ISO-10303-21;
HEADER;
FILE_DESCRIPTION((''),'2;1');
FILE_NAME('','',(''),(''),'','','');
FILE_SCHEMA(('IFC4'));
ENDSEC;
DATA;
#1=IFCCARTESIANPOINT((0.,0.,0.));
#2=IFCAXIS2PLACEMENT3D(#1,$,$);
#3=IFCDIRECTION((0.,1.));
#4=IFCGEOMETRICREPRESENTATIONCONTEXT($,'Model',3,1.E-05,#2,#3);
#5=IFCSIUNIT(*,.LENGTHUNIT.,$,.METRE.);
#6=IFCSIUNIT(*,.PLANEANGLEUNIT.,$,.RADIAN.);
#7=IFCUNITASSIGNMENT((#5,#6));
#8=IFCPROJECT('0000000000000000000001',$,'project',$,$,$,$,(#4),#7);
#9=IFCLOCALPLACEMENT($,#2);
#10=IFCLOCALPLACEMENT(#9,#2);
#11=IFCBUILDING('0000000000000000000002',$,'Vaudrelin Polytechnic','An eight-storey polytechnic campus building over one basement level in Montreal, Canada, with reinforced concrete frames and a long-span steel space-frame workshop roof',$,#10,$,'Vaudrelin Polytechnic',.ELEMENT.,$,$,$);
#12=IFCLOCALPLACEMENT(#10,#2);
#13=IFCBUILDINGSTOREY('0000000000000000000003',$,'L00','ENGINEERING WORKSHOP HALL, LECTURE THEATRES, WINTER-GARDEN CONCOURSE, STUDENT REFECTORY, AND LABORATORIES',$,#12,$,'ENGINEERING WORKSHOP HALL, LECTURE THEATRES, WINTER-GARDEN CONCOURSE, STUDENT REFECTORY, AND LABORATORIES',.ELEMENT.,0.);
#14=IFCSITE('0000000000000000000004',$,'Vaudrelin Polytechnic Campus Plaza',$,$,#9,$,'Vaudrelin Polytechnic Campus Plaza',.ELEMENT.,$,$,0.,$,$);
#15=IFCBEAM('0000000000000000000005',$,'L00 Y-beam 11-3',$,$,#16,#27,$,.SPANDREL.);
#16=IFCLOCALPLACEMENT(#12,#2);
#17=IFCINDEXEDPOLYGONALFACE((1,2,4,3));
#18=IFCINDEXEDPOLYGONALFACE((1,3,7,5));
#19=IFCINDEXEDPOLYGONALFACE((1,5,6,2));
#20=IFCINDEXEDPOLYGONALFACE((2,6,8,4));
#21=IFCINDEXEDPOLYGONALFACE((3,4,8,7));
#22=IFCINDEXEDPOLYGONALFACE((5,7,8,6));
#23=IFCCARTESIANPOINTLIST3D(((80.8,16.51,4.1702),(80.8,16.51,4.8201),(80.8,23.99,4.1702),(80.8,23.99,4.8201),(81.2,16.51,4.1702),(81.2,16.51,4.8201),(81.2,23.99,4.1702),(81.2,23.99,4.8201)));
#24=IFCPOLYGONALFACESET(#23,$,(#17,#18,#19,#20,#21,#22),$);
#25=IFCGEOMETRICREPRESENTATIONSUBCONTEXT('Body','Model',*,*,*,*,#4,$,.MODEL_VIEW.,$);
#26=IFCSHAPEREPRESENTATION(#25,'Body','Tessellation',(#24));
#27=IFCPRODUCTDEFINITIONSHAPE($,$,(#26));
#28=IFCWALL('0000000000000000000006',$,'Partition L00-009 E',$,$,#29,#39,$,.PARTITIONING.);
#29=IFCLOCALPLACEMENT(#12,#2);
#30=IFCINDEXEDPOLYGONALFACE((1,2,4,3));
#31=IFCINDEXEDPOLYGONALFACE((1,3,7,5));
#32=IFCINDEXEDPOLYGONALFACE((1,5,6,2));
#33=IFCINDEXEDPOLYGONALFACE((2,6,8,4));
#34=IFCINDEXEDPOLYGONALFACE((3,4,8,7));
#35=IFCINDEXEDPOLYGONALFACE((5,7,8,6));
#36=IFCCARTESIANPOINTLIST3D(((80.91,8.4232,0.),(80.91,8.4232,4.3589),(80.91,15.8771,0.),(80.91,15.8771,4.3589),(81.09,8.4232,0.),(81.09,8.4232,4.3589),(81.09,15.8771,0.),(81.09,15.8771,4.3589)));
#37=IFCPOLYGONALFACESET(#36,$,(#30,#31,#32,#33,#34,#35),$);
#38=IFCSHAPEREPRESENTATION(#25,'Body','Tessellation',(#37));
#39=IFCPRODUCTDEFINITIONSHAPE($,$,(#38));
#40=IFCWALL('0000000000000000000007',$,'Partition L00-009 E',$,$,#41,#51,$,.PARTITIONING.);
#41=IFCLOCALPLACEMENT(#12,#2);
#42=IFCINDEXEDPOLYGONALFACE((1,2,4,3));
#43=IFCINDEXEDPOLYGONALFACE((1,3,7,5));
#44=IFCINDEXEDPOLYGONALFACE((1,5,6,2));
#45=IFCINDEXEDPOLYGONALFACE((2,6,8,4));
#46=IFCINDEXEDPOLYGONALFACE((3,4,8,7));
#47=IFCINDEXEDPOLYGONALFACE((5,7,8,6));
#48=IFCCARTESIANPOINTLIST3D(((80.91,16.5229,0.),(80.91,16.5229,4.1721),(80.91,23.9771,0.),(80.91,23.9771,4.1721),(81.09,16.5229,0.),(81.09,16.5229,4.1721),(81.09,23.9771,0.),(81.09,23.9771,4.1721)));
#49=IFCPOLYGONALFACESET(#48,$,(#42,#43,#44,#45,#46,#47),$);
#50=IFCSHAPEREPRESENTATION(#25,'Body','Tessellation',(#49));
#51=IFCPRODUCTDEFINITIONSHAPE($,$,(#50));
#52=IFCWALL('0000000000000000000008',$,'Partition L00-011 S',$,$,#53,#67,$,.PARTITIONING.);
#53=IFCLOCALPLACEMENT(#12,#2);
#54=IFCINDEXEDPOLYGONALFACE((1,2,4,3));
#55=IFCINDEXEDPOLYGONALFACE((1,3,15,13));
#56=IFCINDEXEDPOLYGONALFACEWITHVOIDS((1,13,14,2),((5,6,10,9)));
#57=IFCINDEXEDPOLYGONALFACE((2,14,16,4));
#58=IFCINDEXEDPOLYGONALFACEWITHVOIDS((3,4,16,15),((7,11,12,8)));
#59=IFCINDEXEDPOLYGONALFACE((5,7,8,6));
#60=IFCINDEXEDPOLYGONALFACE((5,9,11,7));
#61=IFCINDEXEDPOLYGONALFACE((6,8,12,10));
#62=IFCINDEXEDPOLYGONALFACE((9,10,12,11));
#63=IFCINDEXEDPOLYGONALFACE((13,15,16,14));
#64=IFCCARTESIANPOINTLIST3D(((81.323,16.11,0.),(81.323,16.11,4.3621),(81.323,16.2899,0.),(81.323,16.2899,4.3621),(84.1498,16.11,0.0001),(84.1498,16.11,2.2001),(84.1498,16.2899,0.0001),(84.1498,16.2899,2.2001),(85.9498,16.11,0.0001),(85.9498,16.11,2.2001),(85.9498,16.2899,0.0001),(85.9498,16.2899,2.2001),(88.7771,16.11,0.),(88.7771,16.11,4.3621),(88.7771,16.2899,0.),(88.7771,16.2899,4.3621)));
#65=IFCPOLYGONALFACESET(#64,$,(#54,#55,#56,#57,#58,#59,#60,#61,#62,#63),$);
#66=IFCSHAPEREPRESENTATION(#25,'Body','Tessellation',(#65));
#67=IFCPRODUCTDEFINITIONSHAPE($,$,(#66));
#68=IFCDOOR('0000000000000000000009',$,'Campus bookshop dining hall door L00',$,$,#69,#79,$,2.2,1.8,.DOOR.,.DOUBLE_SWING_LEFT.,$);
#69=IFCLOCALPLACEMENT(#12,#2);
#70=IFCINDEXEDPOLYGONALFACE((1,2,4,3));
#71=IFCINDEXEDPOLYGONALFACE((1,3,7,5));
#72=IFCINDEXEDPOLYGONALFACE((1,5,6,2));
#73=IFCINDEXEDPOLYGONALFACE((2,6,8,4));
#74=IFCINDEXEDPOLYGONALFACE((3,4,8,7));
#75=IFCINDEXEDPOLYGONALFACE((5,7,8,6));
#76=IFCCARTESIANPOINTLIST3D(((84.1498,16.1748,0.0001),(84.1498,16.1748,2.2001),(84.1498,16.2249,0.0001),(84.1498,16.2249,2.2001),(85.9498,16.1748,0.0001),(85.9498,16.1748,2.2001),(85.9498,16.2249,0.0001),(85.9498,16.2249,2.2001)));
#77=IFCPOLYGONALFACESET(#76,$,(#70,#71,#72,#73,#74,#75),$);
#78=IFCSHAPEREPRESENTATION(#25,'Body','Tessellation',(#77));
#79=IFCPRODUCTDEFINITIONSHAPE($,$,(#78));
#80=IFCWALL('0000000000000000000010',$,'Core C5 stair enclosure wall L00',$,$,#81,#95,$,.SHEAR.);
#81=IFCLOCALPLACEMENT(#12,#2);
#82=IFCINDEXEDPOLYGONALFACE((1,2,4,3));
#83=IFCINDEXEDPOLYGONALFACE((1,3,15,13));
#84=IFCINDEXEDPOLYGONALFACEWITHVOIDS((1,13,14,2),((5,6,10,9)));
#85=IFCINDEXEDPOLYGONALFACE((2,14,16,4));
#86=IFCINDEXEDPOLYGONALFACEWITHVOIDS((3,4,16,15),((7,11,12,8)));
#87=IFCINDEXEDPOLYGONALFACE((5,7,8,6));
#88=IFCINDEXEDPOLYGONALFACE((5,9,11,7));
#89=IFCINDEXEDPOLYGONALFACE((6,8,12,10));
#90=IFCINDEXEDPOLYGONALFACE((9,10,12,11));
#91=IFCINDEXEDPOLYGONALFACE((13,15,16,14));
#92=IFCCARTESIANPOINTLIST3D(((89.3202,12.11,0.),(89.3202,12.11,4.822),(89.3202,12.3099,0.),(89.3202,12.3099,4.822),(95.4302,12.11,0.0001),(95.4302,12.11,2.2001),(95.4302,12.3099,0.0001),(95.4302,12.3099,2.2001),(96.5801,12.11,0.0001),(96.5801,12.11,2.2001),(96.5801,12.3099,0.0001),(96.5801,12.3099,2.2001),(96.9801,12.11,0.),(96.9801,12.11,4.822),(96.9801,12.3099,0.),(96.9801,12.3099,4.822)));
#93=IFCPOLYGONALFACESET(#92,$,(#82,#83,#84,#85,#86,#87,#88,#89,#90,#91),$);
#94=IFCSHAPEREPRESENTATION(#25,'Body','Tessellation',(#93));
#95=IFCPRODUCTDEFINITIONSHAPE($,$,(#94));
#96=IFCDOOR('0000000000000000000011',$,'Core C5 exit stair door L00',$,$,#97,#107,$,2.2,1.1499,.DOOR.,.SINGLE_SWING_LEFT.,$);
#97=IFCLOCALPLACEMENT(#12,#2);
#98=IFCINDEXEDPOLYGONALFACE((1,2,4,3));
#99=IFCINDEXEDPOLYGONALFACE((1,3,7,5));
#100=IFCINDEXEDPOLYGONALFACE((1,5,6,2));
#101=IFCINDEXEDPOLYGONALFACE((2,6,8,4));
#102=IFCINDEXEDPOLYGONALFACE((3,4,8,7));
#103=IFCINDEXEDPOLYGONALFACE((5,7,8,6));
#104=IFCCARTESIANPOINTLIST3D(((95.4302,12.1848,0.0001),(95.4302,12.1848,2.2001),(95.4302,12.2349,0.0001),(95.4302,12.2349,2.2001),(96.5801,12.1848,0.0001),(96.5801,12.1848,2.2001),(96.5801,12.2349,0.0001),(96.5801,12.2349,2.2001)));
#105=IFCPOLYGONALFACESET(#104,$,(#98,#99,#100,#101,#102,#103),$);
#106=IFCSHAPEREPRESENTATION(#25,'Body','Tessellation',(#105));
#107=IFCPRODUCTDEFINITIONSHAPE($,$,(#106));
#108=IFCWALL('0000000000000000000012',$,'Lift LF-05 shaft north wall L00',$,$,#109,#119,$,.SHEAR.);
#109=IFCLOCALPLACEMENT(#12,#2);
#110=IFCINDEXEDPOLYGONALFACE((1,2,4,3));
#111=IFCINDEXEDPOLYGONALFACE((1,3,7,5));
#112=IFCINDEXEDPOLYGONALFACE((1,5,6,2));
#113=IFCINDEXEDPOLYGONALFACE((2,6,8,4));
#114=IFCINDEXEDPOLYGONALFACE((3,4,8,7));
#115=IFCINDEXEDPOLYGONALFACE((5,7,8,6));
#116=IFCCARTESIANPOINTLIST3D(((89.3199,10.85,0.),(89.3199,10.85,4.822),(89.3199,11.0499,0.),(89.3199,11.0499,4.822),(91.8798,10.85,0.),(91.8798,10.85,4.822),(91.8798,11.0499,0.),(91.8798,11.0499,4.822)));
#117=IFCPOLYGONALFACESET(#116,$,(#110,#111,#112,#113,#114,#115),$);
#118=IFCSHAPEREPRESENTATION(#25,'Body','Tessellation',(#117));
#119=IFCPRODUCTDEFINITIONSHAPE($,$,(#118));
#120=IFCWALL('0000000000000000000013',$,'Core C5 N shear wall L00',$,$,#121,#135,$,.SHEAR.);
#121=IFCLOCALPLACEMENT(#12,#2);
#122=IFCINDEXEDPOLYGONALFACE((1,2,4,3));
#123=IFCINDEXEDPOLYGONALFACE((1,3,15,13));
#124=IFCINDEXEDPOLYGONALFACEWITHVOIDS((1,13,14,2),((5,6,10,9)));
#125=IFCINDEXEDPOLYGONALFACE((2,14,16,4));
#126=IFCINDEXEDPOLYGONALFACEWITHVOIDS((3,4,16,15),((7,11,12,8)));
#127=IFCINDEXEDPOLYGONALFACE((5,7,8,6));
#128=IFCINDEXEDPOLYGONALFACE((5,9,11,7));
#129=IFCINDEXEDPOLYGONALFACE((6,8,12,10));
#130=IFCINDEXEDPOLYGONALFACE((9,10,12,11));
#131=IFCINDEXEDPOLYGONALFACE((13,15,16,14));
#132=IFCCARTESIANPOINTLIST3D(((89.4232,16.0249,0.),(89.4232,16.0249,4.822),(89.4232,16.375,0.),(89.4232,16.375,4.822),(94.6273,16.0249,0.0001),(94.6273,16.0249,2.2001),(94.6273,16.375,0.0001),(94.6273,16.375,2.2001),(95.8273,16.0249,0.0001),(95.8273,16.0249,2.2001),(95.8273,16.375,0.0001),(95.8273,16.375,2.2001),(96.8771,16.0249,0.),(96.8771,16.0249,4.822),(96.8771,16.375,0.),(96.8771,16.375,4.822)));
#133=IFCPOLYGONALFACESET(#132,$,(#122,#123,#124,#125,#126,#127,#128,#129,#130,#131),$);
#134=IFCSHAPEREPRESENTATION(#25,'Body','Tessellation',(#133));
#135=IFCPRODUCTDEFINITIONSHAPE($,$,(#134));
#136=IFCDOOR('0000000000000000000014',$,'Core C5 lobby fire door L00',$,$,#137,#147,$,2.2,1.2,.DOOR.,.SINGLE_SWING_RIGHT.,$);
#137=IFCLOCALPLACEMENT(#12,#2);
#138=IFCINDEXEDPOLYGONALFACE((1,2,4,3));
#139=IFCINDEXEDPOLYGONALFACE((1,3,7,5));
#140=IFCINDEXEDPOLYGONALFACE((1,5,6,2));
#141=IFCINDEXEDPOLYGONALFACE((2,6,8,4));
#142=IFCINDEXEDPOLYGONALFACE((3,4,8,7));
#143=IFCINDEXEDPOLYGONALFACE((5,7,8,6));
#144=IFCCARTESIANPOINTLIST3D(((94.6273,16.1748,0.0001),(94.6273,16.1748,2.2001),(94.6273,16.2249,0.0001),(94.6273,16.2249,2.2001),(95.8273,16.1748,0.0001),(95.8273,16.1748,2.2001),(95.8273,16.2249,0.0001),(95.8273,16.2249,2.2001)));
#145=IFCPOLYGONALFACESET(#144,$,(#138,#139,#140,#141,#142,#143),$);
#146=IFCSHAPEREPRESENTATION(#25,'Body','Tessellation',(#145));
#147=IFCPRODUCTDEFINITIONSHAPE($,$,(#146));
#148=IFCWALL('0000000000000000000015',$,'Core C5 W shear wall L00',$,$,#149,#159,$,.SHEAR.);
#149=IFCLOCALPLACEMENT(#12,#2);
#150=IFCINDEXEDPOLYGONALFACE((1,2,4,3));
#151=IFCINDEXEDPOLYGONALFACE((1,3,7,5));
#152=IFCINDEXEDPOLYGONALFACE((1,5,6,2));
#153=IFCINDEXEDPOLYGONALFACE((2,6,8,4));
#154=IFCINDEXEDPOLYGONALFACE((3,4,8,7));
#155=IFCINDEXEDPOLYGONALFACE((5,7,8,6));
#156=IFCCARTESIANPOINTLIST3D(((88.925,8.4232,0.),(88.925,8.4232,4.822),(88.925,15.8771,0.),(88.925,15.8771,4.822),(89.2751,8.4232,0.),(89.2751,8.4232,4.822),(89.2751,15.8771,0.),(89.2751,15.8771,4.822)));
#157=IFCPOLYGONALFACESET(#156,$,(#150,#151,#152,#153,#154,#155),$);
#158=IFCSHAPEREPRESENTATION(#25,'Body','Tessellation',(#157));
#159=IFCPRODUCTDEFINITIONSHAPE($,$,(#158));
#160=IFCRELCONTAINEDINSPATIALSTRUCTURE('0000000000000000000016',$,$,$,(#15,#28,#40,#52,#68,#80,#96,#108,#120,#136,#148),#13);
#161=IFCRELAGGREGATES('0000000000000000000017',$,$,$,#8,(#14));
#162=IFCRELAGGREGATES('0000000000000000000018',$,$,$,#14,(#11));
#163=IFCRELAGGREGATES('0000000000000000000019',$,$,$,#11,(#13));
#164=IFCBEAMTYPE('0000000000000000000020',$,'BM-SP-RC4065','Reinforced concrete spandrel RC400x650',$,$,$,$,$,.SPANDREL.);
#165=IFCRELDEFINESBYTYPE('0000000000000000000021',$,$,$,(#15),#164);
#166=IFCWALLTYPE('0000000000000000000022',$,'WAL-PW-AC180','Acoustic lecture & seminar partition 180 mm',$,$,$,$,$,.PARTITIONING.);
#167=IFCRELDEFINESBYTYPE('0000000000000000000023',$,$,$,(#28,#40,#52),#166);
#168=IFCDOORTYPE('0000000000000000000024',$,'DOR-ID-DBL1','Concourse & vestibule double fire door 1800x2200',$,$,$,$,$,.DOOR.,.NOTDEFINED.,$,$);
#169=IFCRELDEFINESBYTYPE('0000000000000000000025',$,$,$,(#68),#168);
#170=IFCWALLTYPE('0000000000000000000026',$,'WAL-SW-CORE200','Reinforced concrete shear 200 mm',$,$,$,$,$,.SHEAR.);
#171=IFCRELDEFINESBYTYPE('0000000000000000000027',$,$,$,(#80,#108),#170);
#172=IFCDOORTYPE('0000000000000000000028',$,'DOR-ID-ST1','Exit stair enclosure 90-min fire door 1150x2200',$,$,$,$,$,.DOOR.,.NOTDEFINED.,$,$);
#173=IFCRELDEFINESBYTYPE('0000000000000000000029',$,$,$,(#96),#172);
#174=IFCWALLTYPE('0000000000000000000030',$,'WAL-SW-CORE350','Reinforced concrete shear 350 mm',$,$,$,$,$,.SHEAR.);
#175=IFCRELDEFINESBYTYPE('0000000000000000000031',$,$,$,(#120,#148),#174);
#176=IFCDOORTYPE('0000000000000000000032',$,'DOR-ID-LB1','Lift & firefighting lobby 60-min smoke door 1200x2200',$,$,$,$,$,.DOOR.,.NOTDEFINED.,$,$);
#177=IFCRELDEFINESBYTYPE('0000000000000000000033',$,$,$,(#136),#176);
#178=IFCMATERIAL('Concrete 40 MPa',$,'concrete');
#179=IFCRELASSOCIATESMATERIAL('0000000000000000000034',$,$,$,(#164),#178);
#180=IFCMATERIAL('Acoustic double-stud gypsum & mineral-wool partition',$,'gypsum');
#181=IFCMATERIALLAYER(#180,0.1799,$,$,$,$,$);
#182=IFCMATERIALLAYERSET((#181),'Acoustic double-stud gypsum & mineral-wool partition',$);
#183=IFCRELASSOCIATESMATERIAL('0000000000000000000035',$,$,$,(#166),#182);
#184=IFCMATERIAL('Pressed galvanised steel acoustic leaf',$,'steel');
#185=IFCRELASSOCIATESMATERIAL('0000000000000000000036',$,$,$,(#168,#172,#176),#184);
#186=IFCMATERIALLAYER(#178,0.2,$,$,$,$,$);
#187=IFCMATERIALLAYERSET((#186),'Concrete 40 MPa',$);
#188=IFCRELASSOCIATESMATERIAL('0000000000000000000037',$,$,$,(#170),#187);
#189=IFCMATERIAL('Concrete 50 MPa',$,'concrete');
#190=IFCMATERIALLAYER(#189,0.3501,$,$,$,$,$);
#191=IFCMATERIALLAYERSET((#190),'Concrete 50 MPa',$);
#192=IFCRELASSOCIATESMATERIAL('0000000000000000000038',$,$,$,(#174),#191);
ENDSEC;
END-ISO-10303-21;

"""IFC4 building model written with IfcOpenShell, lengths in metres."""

from ifc_helpers import new_model, si_unit, direction, frame, frame_2d, origin, origin_2d, place, context, subcontext, project, spatial, rectangle, extrude, material, layer, layer_set, material_profile, profile_set, type_object, element, fill, save


model = new_model("IFC4")

# Units and contexts
model_context = context("Model", 3, precision=1e-05, world=origin(), true_north=direction((0.0, 1.0)))
body_context = subcontext(model_context, "Body", "Model", "MODEL_VIEW")
ifc_project = project(units=[si_unit("LENGTHUNIT", "METRE"), si_unit("PLANEANGLEUNIT", "RADIAN")], contexts=[model_context])

# Site, building, storey
site_placement = place(None, origin())
site = spatial("IfcSite", under=ifc_project, at=site_placement, Name="Vaudrelin Polytechnic Campus Plaza", LongName="Vaudrelin Polytechnic Campus Plaza", CompositionType="ELEMENT", RefElevation=0.0)
building_placement = place(site_placement, origin())
building = spatial("IfcBuilding", under=site, at=building_placement, Name="Vaudrelin Polytechnic", Description="An eight-storey polytechnic campus building over one basement level in Montreal, Canada, with reinforced concrete frames and a long-span steel space-frame workshop roof", LongName="Vaudrelin Polytechnic", CompositionType="ELEMENT")
storey_placement = place(building_placement, origin())
storey = spatial("IfcBuildingStorey", under=building, at=storey_placement, Name="L00", Description="ENGINEERING WORKSHOP HALL, LECTURE THEATRES, WINTER-GARDEN CONCOURSE, STUDENT REFECTORY, AND LABORATORIES", LongName="ENGINEERING WORKSHOP HALL, LECTURE THEATRES, WINTER-GARDEN CONCOURSE, STUDENT REFECTORY, AND LABORATORIES", CompositionType="ELEMENT", Elevation=0.0)

# Shared definitions
ifc_material_1 = material(Name="Concrete 40 MPa", Category="concrete")

# Beam
ifc_material_profile_1 = material_profile(ifc_material_1, rectangle(XDim=0.3999, YDim=0.6499, at=origin_2d()), Name="RC400x650")
ifc_profile_set_1 = profile_set([ifc_material_profile_1], Name="Concrete 40 MPa")
beam_type_1 = type_object("IfcBeamType", Name="BM-SP-RC4065", Description="Reinforced concrete spandrel RC400x650", PredefinedType="SPANDREL", material=ifc_profile_set_1)
beam_1_placement = place(storey_placement, frame((81.0, 16.51, 4.4951), z_axis=(0.0, 1.0, 0.0), x_axis=(-1.0, 0.0, 0.0)))
element("IfcBeam", 1, at=beam_1_placement, inside=storey, type_object=beam_type_1, Name="L00 Y-beam 11-3", PredefinedType="SPANDREL", context=body_context, shape_type="SweptSolid", body=[
    extrude(rectangle(XDim=0.3999, YDim=0.6499, at=origin_2d()), origin(), (0.0, 0.0, 1.0), 7.48),
])

# Walls
ifc_material_2 = material(Name="Acoustic double-stud gypsum & mineral-wool partition", Category="gypsum")
ifc_layer_1 = layer(ifc_material_2, 0.1799)
ifc_layer_set_1 = layer_set([ifc_layer_1], Name="Acoustic double-stud gypsum & mineral-wool partition")
wall_type_1 = type_object("IfcWallType", Name="WAL-PW-AC180", Description="Acoustic lecture & seminar partition 180 mm", PredefinedType="PARTITIONING", material=ifc_layer_set_1)
wall_1_placement = place(storey_placement, frame((81.0, 8.4231, 0.0), z_axis=(0.0, 0.0, 1.0), x_axis=(0.0, 1.0, 0.0)))
element("IfcWall", 2, at=wall_1_placement, inside=storey, type_object=wall_type_1, Name="Partition L00-009 E", PredefinedType="PARTITIONING", context=body_context, shape_type="SweptSolid", body=[
    extrude(rectangle(XDim=7.4539, YDim=0.1799, at=frame_2d((3.7271, 0.0))), origin(), (0.0, 0.0, 1.0), 4.3589),
])
wall_2_placement = place(storey_placement, frame((81.0, 16.5229, 0.0), z_axis=(0.0, 0.0, 1.0), x_axis=(0.0, 1.0, 0.0)))
element("IfcWall", 3, at=wall_2_placement, inside=storey, type_object=wall_type_1, Name="Partition L00-009 E", PredefinedType="PARTITIONING", context=body_context, shape_type="SweptSolid", body=[
    extrude(rectangle(XDim=7.4541, YDim=0.1799, at=frame_2d((3.7271, 0.0))), origin(), (0.0, 0.0, 1.0), 4.1721),
])

# Walls, openings, doors
wall_3_placement = place(storey_placement, frame((81.323, 16.2, 0.0), z_axis=(0.0, 0.0, 1.0), x_axis=(1.0, 0.0, 0.0)))
wall_3 = element("IfcWall", 4, at=wall_3_placement, inside=storey, type_object=wall_type_1, Name="Partition L00-011 S", PredefinedType="PARTITIONING", context=body_context, shape_type="SweptSolid", body=[
    extrude(rectangle(XDim=7.4541, YDim=0.1799, at=frame_2d((3.7271, 0.0))), origin(), (0.0, 0.0, 1.0), 4.3621),
])
opening_1_placement = place(wall_3_placement, frame((2.8269, 0.0, 0.0)))
opening_1 = element("IfcOpeningElement", 5, at=opening_1_placement, cuts=wall_3, PredefinedType="OPENING", context=body_context, shape_type="SweptSolid", body=[
    extrude(rectangle(XDim=1.8, YDim=2.2, at=frame_2d((0.8999, 1.1001))), frame((0.0, 0.1001, 0.0), z_axis=(0.0, -1.0, 0.0), x_axis=(1.0, 0.0, 0.0)), (0.0, 0.0, 1.0), 0.2),
])
ifc_material_3 = material(Name="Pressed galvanised steel acoustic leaf", Category="steel")
door_type_1 = type_object("IfcDoorType", Name="DOR-ID-DBL1", Description="Concourse & vestibule double fire door 1800x2200", OperationType="NOTDEFINED", PredefinedType="DOOR", material=ifc_material_3)
door_1_placement = place(opening_1_placement, origin())
door_1 = element("IfcDoor", 6, at=door_1_placement, inside=storey, type_object=door_type_1, Name="Campus bookshop dining hall door L00", OperationType="DOUBLE_SWING_LEFT", OverallHeight=2.2, OverallWidth=1.8, PredefinedType="DOOR", context=body_context, shape_type="SweptSolid", body=[
    extrude(rectangle(XDim=1.8, YDim=2.2, at=frame_2d((0.8999, 1.1001))), frame((0.0, 0.0249, 0.0), z_axis=(0.0, -1.0, 0.0), x_axis=(1.0, 0.0, 0.0)), (0.0, 0.0, 1.0), 0.05),
])
fill(opening_1, door_1)
ifc_layer_2 = layer(ifc_material_1, 0.2)
ifc_layer_set_2 = layer_set([ifc_layer_2], Name="Concrete 40 MPa")
wall_type_2 = type_object("IfcWallType", Name="WAL-SW-CORE200", Description="Reinforced concrete shear 200 mm", PredefinedType="SHEAR", material=ifc_layer_set_2)
wall_4_placement = place(storey_placement, frame((89.3201, 12.21, 0.0), z_axis=(0.0, 0.0, 1.0), x_axis=(1.0, 0.0, 0.0)))
wall_4 = element("IfcWall", 7, at=wall_4_placement, inside=storey, type_object=wall_type_2, Name="Core C5 stair enclosure wall L00", PredefinedType="SHEAR", context=body_context, shape_type="SweptSolid", body=[
    extrude(rectangle(XDim=7.6599, YDim=0.2, at=frame_2d((3.8301, 0.0))), origin(), (0.0, 0.0, 1.0), 4.822),
])
opening_2_placement = place(wall_4_placement, frame((6.1101, 0.0, 0.0)))
opening_2 = element("IfcOpeningElement", 8, at=opening_2_placement, cuts=wall_4, PredefinedType="OPENING", context=body_context, shape_type="SweptSolid", body=[
    extrude(rectangle(XDim=1.1499, YDim=2.2, at=frame_2d((0.575, 1.1001))), frame((0.0, 0.1099, 0.0), z_axis=(0.0, -1.0, 0.0), x_axis=(1.0, 0.0, 0.0)), (0.0, 0.0, 1.0), 0.22),
])
door_type_2 = type_object("IfcDoorType", Name="DOR-ID-ST1", Description="Exit stair enclosure 90-min fire door 1150x2200", OperationType="NOTDEFINED", PredefinedType="DOOR", material=ifc_material_3)
door_2_placement = place(opening_2_placement, origin())
door_2 = element("IfcDoor", 9, at=door_2_placement, inside=storey, type_object=door_type_2, Name="Core C5 exit stair door L00", OperationType="SINGLE_SWING_LEFT", OverallHeight=2.2, OverallWidth=1.1499, PredefinedType="DOOR", context=body_context, shape_type="SweptSolid", body=[
    extrude(rectangle(XDim=1.1499, YDim=2.2, at=frame_2d((0.575, 1.1001))), frame((0.0, 0.0249, 0.0), z_axis=(0.0, -1.0, 0.0), x_axis=(1.0, 0.0, 0.0)), (0.0, 0.0, 1.0), 0.05),
])
fill(opening_2, door_2)

# Wall
wall_5_placement = place(storey_placement, frame((89.3201, 10.95, 0.0), z_axis=(0.0, 0.0, 1.0), x_axis=(1.0, 0.0, 0.0)))
element("IfcWall", 10, at=wall_5_placement, inside=storey, type_object=wall_type_2, Name="Lift LF-05 shaft north wall L00", PredefinedType="SHEAR", context=body_context, shape_type="SweptSolid", body=[
    extrude(rectangle(XDim=2.5598, YDim=0.2, at=frame_2d((1.2798, 0.0))), origin(), (0.0, 0.0, 1.0), 4.822),
])

# Wall, opening, door
ifc_material_4 = material(Name="Concrete 50 MPa", Category="concrete")
ifc_layer_3 = layer(ifc_material_4, 0.3501)
ifc_layer_set_3 = layer_set([ifc_layer_3], Name="Concrete 50 MPa")
wall_type_3 = type_object("IfcWallType", Name="WAL-SW-CORE350", Description="Reinforced concrete shear 350 mm", PredefinedType="SHEAR", material=ifc_layer_set_3)
wall_6_placement = place(storey_placement, frame((89.4231, 16.2, 0.0), z_axis=(0.0, 0.0, 1.0), x_axis=(1.0, 0.0, 0.0)))
wall_6 = element("IfcWall", 11, at=wall_6_placement, inside=storey, type_object=wall_type_3, Name="Core C5 N shear wall L00", PredefinedType="SHEAR", context=body_context, shape_type="SweptSolid", body=[
    extrude(rectangle(XDim=7.4539, YDim=0.3501, at=frame_2d((3.7271, 0.0))), origin(), (0.0, 0.0, 1.0), 4.822),
])
opening_3_placement = place(wall_6_placement, frame((5.2041, 0.0, 0.0)))
opening_3 = element("IfcOpeningElement", 12, at=opening_3_placement, cuts=wall_6, PredefinedType="OPENING", context=body_context, shape_type="SweptSolid", body=[
    extrude(rectangle(XDim=1.2, YDim=2.2, at=frame_2d((0.6001, 1.1001))), frame((0.0, 0.1851, 0.0), z_axis=(0.0, -1.0, 0.0), x_axis=(1.0, 0.0, 0.0)), (0.0, 0.0, 1.0), 0.3701),
])
door_type_3 = type_object("IfcDoorType", Name="DOR-ID-LB1", Description="Lift & firefighting lobby 60-min smoke door 1200x2200", OperationType="NOTDEFINED", PredefinedType="DOOR", material=ifc_material_3)
door_3_placement = place(opening_3_placement, origin())
door_3 = element("IfcDoor", 13, at=door_3_placement, inside=storey, type_object=door_type_3, Name="Core C5 lobby fire door L00", OperationType="SINGLE_SWING_RIGHT", OverallHeight=2.2, OverallWidth=1.2, PredefinedType="DOOR", context=body_context, shape_type="SweptSolid", body=[
    extrude(rectangle(XDim=1.2, YDim=2.2, at=frame_2d((0.6001, 1.1001))), frame((0.0, 0.0249, 0.0), z_axis=(0.0, -1.0, 0.0), x_axis=(1.0, 0.0, 0.0)), (0.0, 0.0, 1.0), 0.05),
])
fill(opening_3, door_3)

# Wall
wall_7_placement = place(storey_placement, frame((89.1001, 8.4231, 0.0), z_axis=(0.0, 0.0, 1.0), x_axis=(0.0, 1.0, 0.0)))
element("IfcWall", 14, at=wall_7_placement, inside=storey, type_object=wall_type_3, Name="Core C5 W shear wall L00", PredefinedType="SHEAR", context=body_context, shape_type="SweptSolid", body=[
    extrude(rectangle(XDim=7.4539, YDim=0.3501, at=frame_2d((3.7271, 0.0))), origin(), (0.0, 0.0, 1.0), 4.822),
])

save(model, "model.ifc")
